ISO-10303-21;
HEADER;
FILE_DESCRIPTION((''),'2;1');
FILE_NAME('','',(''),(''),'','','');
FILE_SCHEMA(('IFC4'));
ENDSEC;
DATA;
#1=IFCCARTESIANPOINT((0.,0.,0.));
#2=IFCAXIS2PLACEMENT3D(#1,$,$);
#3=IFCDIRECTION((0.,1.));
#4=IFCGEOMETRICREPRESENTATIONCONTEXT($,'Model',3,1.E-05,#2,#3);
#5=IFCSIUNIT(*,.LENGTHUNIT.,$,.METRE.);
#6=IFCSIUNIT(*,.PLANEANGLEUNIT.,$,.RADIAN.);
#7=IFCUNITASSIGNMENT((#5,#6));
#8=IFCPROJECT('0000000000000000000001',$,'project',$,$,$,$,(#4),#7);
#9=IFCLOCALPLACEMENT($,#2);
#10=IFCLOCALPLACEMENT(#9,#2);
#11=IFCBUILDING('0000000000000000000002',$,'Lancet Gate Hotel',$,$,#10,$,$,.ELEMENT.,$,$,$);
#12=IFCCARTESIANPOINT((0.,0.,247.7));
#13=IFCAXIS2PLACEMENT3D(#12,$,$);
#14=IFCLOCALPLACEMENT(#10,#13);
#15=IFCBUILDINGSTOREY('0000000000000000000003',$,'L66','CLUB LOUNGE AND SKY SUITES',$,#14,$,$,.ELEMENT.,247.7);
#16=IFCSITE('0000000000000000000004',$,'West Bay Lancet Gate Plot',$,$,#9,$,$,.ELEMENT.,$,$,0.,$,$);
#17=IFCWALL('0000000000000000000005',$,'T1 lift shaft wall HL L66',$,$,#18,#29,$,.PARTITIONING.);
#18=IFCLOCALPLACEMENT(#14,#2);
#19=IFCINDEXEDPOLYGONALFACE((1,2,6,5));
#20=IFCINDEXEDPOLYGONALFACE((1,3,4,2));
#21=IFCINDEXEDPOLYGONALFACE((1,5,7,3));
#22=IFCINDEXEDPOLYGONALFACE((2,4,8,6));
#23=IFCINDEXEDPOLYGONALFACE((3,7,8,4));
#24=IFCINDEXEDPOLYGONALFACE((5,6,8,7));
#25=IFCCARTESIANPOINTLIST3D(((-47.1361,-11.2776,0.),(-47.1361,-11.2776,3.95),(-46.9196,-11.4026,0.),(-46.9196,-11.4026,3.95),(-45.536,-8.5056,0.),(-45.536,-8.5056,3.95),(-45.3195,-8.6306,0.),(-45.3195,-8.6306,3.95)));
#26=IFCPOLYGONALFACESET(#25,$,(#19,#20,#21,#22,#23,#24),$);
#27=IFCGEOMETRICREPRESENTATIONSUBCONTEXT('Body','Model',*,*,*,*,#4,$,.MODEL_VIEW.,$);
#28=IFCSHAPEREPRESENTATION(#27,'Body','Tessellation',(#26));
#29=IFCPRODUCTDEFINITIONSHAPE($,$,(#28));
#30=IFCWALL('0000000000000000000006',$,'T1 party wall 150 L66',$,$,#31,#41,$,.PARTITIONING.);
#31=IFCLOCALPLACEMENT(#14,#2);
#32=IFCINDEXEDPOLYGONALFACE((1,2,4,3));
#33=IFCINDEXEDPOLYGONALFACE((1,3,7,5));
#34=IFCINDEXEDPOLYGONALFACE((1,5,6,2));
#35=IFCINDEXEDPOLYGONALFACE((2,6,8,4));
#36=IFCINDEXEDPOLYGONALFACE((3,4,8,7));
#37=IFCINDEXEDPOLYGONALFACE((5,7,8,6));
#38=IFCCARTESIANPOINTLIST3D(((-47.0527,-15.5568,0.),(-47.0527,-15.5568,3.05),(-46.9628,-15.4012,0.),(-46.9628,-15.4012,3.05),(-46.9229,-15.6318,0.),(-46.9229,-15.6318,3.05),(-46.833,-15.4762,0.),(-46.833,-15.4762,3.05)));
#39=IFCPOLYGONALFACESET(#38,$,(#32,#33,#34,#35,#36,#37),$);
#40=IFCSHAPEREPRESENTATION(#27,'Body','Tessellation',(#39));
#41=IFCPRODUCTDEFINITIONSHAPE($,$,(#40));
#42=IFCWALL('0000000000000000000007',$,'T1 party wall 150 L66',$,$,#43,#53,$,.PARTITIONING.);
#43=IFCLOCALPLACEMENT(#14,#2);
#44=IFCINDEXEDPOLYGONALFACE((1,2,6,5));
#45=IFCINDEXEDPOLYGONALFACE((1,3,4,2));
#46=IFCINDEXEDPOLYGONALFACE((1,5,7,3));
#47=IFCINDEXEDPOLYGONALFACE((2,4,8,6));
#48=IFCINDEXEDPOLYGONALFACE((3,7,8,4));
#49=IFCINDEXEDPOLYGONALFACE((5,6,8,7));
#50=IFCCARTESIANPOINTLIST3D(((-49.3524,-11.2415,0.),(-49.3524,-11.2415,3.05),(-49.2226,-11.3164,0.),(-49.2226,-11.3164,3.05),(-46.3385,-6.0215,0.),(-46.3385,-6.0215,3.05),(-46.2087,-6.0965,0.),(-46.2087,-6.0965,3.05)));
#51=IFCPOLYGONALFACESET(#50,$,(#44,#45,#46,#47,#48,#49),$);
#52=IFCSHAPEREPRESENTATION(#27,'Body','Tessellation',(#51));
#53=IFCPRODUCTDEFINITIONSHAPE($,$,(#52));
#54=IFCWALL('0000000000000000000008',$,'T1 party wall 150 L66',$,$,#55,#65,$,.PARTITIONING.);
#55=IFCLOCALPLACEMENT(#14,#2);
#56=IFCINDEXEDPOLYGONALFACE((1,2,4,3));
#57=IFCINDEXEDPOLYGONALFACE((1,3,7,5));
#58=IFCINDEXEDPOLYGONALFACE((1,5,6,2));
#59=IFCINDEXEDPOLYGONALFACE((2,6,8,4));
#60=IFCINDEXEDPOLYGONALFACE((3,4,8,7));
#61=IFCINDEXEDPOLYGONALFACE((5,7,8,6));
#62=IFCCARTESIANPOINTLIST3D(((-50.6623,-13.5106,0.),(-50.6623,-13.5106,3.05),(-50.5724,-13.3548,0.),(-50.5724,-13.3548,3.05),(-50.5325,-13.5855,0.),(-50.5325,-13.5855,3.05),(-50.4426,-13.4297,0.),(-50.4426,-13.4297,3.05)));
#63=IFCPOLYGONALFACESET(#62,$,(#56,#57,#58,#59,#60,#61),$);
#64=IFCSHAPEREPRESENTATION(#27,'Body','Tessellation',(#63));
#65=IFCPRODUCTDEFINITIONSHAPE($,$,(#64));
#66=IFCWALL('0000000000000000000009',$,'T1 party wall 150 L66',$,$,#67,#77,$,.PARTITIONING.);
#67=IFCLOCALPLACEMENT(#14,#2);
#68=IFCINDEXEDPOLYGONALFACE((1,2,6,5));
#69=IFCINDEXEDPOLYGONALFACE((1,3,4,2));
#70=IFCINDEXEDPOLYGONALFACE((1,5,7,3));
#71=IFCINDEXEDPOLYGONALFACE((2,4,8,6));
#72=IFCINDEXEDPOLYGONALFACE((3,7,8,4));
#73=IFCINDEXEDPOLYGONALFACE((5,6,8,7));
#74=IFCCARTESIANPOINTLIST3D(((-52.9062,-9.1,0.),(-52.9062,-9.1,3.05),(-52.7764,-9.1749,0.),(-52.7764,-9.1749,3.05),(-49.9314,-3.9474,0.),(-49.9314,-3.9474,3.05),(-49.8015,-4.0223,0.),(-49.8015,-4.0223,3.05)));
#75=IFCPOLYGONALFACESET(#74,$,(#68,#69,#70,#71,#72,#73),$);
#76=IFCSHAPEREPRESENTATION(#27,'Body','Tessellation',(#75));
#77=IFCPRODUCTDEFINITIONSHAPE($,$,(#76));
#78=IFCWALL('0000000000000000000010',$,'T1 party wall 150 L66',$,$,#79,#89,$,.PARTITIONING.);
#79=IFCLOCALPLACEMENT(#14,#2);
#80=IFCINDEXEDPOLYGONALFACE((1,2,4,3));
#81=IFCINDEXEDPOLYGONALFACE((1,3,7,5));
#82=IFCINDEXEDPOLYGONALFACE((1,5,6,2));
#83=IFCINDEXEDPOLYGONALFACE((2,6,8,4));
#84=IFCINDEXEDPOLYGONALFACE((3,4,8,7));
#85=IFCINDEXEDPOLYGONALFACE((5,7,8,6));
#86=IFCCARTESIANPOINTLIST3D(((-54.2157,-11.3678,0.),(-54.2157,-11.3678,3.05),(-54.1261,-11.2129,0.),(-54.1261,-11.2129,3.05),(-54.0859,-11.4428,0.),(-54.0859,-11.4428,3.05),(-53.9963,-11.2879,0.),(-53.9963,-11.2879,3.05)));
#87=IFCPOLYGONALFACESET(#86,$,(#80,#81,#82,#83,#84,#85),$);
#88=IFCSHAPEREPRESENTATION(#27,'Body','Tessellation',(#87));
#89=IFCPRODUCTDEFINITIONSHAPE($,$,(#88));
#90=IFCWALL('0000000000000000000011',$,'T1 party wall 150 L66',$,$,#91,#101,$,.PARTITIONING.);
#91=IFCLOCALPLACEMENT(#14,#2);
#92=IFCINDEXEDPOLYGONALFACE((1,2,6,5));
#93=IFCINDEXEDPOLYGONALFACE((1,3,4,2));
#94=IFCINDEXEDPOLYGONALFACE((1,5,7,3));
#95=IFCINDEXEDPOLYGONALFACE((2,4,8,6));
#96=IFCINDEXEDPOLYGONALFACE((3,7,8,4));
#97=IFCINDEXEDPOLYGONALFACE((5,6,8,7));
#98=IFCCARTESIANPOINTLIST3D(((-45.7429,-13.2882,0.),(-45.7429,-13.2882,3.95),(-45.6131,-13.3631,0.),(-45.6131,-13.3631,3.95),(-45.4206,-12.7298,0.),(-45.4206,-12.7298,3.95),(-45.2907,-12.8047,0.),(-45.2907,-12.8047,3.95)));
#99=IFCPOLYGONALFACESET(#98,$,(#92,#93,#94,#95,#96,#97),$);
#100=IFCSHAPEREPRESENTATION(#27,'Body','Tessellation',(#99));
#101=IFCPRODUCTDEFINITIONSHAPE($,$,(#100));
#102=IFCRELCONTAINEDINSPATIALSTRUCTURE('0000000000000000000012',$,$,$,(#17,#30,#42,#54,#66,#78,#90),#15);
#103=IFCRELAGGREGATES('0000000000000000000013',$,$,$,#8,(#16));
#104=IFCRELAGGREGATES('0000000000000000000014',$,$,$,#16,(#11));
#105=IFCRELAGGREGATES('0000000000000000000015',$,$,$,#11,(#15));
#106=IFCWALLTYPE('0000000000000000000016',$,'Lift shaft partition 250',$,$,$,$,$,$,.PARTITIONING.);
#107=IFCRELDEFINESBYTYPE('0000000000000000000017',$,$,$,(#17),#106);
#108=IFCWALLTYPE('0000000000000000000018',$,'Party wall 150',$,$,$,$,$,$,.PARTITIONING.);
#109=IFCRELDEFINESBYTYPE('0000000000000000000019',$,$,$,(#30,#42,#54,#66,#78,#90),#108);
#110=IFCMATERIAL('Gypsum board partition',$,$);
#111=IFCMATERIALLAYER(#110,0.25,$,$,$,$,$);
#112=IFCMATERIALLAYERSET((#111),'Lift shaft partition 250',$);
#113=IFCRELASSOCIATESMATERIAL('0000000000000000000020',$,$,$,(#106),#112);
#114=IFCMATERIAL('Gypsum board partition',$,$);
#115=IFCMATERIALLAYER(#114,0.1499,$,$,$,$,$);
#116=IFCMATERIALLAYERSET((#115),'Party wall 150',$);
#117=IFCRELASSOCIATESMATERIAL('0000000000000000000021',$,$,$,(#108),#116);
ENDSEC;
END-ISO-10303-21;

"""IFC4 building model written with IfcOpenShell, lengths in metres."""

from ifc_helpers import new_model, si_unit, direction, frame, frame_2d, origin, place, context, subcontext, project, spatial, rectangle, extrude, material, layer, layer_set, type_object, element, save


model = new_model("IFC4")

# Units and contexts
model_context = context("Model", 3, precision=1e-05, world=origin(), true_north=direction((0.0, 1.0)))
body_context = subcontext(model_context, "Body", "Model", "MODEL_VIEW")
ifc_project = project(units=[si_unit("LENGTHUNIT", "METRE"), si_unit("PLANEANGLEUNIT", "RADIAN")], contexts=[model_context])

# Site, building, storey
site_placement = place(None, origin())
site = spatial("IfcSite", under=ifc_project, at=site_placement, Name="West Bay Lancet Gate Plot", CompositionType="ELEMENT", RefElevation=0.0)
building_placement = place(site_placement, origin())
building = spatial("IfcBuilding", under=site, at=building_placement, Name="Lancet Gate Hotel", CompositionType="ELEMENT")
storey_placement = place(building_placement, frame((0.0, 0.0, 247.7)))
storey = spatial("IfcBuildingStorey", under=building, at=storey_placement, Name="L66", Description="CLUB LOUNGE AND SKY SUITES", CompositionType="ELEMENT", Elevation=247.7)

# Walls
ifc_material_1 = material(Name="Gypsum board partition")
ifc_layer_1 = layer(ifc_material_1, 0.25)
ifc_layer_set_1 = layer_set([ifc_layer_1], Name="Lift shaft partition 250")
wall_type_1 = type_object("IfcWallType", Name="Lift shaft partition 250", PredefinedType="PARTITIONING", material=ifc_layer_set_1)
wall_1_placement = place(storey_placement, frame((-45.4277, -8.5681, 0.0), z_axis=(0.0, 0.0, 1.0), x_axis=(-0.499929, -0.866066, 0.0)))
element("IfcWall", 1, at=wall_1_placement, inside=storey, type_object=wall_type_1, Name="T1 lift shaft wall HL L66", PredefinedType="PARTITIONING", context=body_context, shape_type="SweptSolid", body=[
    extrude(rectangle(XDim=3.2007, YDim=0.25, at=frame_2d((1.6003, 0.0))), origin(), (0.0, 0.0, 1.0), 3.95),
])
ifc_material_2 = material(Name="Gypsum board partition")
ifc_layer_2 = layer(ifc_material_2, 0.1499)
ifc_layer_set_2 = layer_set([ifc_layer_2], Name="Party wall 150")
wall_type_2 = type_object("IfcWallType", Name="Party wall 150", PredefinedType="PARTITIONING", material=ifc_layer_set_2)
wall_2_placement = place(storey_placement, frame((-46.8979, -15.4387, 0.0), z_axis=(0.0, 0.0, 1.0), x_axis=(-0.500232, -0.865891, 0.0)))
element("IfcWall", 2, at=wall_2_placement, inside=storey, type_object=wall_type_2, Name="T1 party wall 150 L66", PredefinedType="PARTITIONING", context=body_context, shape_type="SweptSolid", body=[
    extrude(rectangle(XDim=0.1797, YDim=0.1499, at=frame_2d((0.0898, 0.0))), origin(), (0.0, 0.0, 1.0), 3.05),
])
wall_3_placement = place(storey_placement, frame((-46.2737, -6.0591, 0.0), z_axis=(0.0, 0.0, 1.0), x_axis=(-0.50002, -0.866014, 0.0)))
element("IfcWall", 3, at=wall_3_placement, inside=storey, type_object=wall_type_2, Name="T1 party wall 150 L66", PredefinedType="PARTITIONING", context=body_context, shape_type="SweptSolid", body=[
    extrude(rectangle(XDim=6.0276, YDim=0.1499, at=frame_2d((3.0137, 0.0))), origin(), (0.0, 0.0, 1.0), 3.05),
])
wall_4_placement = place(storey_placement, frame((-50.5076, -13.3923, 0.0), z_axis=(0.0, 0.0, 1.0), x_axis=(-0.499644, -0.866231, 0.0)))
element("IfcWall", 4, at=wall_4_placement, inside=storey, type_object=wall_type_2, Name="T1 party wall 150 L66", PredefinedType="PARTITIONING", context=body_context, shape_type="SweptSolid", body=[
    extrude(rectangle(XDim=0.1799, YDim=0.1499, at=frame_2d((0.0898, 0.0))), origin(), (0.0, 0.0, 1.0), 3.05),
])
wall_5_placement = place(storey_placement, frame((-49.8665, -3.9849, 0.0), z_axis=(0.0, 0.0, 1.0), x_axis=(-0.500001, -0.866025, 0.0)))
element("IfcWall", 5, at=wall_5_placement, inside=storey, type_object=wall_type_2, Name="T1 party wall 150 L66", PredefinedType="PARTITIONING", context=body_context, shape_type="SweptSolid", body=[
    extrude(rectangle(XDim=5.9497, YDim=0.1499, at=frame_2d((2.9749, 0.0))), origin(), (0.0, 0.0, 1.0), 3.05),
])
wall_6_placement = place(storey_placement, frame((-54.0613, -11.2505, 0.0), z_axis=(0.0, 0.0, 1.0), x_axis=(-0.500391, -0.865799, 0.0)))
element("IfcWall", 6, at=wall_6_placement, inside=storey, type_object=wall_type_2, Name="T1 party wall 150 L66", PredefinedType="PARTITIONING", context=body_context, shape_type="SweptSolid", body=[
    extrude(rectangle(XDim=0.179, YDim=0.1499, at=frame_2d((0.0894, 0.0))), origin(), (0.0, 0.0, 1.0), 3.05),
])
wall_7_placement = place(storey_placement, frame((-45.3557, -12.7673, 0.0), z_axis=(0.0, 0.0, 1.0), x_axis=(-0.499886, -0.866091, 0.0)))
element("IfcWall", 7, at=wall_7_placement, inside=storey, type_object=wall_type_2, Name="T1 party wall 150 L66", PredefinedType="PARTITIONING", context=body_context, shape_type="SweptSolid", body=[
    extrude(rectangle(XDim=0.6448, YDim=0.1499, at=frame_2d((0.3223, 0.0))), origin(), (0.0, 0.0, 1.0), 3.95),
])

save(model, "model.ifc")
